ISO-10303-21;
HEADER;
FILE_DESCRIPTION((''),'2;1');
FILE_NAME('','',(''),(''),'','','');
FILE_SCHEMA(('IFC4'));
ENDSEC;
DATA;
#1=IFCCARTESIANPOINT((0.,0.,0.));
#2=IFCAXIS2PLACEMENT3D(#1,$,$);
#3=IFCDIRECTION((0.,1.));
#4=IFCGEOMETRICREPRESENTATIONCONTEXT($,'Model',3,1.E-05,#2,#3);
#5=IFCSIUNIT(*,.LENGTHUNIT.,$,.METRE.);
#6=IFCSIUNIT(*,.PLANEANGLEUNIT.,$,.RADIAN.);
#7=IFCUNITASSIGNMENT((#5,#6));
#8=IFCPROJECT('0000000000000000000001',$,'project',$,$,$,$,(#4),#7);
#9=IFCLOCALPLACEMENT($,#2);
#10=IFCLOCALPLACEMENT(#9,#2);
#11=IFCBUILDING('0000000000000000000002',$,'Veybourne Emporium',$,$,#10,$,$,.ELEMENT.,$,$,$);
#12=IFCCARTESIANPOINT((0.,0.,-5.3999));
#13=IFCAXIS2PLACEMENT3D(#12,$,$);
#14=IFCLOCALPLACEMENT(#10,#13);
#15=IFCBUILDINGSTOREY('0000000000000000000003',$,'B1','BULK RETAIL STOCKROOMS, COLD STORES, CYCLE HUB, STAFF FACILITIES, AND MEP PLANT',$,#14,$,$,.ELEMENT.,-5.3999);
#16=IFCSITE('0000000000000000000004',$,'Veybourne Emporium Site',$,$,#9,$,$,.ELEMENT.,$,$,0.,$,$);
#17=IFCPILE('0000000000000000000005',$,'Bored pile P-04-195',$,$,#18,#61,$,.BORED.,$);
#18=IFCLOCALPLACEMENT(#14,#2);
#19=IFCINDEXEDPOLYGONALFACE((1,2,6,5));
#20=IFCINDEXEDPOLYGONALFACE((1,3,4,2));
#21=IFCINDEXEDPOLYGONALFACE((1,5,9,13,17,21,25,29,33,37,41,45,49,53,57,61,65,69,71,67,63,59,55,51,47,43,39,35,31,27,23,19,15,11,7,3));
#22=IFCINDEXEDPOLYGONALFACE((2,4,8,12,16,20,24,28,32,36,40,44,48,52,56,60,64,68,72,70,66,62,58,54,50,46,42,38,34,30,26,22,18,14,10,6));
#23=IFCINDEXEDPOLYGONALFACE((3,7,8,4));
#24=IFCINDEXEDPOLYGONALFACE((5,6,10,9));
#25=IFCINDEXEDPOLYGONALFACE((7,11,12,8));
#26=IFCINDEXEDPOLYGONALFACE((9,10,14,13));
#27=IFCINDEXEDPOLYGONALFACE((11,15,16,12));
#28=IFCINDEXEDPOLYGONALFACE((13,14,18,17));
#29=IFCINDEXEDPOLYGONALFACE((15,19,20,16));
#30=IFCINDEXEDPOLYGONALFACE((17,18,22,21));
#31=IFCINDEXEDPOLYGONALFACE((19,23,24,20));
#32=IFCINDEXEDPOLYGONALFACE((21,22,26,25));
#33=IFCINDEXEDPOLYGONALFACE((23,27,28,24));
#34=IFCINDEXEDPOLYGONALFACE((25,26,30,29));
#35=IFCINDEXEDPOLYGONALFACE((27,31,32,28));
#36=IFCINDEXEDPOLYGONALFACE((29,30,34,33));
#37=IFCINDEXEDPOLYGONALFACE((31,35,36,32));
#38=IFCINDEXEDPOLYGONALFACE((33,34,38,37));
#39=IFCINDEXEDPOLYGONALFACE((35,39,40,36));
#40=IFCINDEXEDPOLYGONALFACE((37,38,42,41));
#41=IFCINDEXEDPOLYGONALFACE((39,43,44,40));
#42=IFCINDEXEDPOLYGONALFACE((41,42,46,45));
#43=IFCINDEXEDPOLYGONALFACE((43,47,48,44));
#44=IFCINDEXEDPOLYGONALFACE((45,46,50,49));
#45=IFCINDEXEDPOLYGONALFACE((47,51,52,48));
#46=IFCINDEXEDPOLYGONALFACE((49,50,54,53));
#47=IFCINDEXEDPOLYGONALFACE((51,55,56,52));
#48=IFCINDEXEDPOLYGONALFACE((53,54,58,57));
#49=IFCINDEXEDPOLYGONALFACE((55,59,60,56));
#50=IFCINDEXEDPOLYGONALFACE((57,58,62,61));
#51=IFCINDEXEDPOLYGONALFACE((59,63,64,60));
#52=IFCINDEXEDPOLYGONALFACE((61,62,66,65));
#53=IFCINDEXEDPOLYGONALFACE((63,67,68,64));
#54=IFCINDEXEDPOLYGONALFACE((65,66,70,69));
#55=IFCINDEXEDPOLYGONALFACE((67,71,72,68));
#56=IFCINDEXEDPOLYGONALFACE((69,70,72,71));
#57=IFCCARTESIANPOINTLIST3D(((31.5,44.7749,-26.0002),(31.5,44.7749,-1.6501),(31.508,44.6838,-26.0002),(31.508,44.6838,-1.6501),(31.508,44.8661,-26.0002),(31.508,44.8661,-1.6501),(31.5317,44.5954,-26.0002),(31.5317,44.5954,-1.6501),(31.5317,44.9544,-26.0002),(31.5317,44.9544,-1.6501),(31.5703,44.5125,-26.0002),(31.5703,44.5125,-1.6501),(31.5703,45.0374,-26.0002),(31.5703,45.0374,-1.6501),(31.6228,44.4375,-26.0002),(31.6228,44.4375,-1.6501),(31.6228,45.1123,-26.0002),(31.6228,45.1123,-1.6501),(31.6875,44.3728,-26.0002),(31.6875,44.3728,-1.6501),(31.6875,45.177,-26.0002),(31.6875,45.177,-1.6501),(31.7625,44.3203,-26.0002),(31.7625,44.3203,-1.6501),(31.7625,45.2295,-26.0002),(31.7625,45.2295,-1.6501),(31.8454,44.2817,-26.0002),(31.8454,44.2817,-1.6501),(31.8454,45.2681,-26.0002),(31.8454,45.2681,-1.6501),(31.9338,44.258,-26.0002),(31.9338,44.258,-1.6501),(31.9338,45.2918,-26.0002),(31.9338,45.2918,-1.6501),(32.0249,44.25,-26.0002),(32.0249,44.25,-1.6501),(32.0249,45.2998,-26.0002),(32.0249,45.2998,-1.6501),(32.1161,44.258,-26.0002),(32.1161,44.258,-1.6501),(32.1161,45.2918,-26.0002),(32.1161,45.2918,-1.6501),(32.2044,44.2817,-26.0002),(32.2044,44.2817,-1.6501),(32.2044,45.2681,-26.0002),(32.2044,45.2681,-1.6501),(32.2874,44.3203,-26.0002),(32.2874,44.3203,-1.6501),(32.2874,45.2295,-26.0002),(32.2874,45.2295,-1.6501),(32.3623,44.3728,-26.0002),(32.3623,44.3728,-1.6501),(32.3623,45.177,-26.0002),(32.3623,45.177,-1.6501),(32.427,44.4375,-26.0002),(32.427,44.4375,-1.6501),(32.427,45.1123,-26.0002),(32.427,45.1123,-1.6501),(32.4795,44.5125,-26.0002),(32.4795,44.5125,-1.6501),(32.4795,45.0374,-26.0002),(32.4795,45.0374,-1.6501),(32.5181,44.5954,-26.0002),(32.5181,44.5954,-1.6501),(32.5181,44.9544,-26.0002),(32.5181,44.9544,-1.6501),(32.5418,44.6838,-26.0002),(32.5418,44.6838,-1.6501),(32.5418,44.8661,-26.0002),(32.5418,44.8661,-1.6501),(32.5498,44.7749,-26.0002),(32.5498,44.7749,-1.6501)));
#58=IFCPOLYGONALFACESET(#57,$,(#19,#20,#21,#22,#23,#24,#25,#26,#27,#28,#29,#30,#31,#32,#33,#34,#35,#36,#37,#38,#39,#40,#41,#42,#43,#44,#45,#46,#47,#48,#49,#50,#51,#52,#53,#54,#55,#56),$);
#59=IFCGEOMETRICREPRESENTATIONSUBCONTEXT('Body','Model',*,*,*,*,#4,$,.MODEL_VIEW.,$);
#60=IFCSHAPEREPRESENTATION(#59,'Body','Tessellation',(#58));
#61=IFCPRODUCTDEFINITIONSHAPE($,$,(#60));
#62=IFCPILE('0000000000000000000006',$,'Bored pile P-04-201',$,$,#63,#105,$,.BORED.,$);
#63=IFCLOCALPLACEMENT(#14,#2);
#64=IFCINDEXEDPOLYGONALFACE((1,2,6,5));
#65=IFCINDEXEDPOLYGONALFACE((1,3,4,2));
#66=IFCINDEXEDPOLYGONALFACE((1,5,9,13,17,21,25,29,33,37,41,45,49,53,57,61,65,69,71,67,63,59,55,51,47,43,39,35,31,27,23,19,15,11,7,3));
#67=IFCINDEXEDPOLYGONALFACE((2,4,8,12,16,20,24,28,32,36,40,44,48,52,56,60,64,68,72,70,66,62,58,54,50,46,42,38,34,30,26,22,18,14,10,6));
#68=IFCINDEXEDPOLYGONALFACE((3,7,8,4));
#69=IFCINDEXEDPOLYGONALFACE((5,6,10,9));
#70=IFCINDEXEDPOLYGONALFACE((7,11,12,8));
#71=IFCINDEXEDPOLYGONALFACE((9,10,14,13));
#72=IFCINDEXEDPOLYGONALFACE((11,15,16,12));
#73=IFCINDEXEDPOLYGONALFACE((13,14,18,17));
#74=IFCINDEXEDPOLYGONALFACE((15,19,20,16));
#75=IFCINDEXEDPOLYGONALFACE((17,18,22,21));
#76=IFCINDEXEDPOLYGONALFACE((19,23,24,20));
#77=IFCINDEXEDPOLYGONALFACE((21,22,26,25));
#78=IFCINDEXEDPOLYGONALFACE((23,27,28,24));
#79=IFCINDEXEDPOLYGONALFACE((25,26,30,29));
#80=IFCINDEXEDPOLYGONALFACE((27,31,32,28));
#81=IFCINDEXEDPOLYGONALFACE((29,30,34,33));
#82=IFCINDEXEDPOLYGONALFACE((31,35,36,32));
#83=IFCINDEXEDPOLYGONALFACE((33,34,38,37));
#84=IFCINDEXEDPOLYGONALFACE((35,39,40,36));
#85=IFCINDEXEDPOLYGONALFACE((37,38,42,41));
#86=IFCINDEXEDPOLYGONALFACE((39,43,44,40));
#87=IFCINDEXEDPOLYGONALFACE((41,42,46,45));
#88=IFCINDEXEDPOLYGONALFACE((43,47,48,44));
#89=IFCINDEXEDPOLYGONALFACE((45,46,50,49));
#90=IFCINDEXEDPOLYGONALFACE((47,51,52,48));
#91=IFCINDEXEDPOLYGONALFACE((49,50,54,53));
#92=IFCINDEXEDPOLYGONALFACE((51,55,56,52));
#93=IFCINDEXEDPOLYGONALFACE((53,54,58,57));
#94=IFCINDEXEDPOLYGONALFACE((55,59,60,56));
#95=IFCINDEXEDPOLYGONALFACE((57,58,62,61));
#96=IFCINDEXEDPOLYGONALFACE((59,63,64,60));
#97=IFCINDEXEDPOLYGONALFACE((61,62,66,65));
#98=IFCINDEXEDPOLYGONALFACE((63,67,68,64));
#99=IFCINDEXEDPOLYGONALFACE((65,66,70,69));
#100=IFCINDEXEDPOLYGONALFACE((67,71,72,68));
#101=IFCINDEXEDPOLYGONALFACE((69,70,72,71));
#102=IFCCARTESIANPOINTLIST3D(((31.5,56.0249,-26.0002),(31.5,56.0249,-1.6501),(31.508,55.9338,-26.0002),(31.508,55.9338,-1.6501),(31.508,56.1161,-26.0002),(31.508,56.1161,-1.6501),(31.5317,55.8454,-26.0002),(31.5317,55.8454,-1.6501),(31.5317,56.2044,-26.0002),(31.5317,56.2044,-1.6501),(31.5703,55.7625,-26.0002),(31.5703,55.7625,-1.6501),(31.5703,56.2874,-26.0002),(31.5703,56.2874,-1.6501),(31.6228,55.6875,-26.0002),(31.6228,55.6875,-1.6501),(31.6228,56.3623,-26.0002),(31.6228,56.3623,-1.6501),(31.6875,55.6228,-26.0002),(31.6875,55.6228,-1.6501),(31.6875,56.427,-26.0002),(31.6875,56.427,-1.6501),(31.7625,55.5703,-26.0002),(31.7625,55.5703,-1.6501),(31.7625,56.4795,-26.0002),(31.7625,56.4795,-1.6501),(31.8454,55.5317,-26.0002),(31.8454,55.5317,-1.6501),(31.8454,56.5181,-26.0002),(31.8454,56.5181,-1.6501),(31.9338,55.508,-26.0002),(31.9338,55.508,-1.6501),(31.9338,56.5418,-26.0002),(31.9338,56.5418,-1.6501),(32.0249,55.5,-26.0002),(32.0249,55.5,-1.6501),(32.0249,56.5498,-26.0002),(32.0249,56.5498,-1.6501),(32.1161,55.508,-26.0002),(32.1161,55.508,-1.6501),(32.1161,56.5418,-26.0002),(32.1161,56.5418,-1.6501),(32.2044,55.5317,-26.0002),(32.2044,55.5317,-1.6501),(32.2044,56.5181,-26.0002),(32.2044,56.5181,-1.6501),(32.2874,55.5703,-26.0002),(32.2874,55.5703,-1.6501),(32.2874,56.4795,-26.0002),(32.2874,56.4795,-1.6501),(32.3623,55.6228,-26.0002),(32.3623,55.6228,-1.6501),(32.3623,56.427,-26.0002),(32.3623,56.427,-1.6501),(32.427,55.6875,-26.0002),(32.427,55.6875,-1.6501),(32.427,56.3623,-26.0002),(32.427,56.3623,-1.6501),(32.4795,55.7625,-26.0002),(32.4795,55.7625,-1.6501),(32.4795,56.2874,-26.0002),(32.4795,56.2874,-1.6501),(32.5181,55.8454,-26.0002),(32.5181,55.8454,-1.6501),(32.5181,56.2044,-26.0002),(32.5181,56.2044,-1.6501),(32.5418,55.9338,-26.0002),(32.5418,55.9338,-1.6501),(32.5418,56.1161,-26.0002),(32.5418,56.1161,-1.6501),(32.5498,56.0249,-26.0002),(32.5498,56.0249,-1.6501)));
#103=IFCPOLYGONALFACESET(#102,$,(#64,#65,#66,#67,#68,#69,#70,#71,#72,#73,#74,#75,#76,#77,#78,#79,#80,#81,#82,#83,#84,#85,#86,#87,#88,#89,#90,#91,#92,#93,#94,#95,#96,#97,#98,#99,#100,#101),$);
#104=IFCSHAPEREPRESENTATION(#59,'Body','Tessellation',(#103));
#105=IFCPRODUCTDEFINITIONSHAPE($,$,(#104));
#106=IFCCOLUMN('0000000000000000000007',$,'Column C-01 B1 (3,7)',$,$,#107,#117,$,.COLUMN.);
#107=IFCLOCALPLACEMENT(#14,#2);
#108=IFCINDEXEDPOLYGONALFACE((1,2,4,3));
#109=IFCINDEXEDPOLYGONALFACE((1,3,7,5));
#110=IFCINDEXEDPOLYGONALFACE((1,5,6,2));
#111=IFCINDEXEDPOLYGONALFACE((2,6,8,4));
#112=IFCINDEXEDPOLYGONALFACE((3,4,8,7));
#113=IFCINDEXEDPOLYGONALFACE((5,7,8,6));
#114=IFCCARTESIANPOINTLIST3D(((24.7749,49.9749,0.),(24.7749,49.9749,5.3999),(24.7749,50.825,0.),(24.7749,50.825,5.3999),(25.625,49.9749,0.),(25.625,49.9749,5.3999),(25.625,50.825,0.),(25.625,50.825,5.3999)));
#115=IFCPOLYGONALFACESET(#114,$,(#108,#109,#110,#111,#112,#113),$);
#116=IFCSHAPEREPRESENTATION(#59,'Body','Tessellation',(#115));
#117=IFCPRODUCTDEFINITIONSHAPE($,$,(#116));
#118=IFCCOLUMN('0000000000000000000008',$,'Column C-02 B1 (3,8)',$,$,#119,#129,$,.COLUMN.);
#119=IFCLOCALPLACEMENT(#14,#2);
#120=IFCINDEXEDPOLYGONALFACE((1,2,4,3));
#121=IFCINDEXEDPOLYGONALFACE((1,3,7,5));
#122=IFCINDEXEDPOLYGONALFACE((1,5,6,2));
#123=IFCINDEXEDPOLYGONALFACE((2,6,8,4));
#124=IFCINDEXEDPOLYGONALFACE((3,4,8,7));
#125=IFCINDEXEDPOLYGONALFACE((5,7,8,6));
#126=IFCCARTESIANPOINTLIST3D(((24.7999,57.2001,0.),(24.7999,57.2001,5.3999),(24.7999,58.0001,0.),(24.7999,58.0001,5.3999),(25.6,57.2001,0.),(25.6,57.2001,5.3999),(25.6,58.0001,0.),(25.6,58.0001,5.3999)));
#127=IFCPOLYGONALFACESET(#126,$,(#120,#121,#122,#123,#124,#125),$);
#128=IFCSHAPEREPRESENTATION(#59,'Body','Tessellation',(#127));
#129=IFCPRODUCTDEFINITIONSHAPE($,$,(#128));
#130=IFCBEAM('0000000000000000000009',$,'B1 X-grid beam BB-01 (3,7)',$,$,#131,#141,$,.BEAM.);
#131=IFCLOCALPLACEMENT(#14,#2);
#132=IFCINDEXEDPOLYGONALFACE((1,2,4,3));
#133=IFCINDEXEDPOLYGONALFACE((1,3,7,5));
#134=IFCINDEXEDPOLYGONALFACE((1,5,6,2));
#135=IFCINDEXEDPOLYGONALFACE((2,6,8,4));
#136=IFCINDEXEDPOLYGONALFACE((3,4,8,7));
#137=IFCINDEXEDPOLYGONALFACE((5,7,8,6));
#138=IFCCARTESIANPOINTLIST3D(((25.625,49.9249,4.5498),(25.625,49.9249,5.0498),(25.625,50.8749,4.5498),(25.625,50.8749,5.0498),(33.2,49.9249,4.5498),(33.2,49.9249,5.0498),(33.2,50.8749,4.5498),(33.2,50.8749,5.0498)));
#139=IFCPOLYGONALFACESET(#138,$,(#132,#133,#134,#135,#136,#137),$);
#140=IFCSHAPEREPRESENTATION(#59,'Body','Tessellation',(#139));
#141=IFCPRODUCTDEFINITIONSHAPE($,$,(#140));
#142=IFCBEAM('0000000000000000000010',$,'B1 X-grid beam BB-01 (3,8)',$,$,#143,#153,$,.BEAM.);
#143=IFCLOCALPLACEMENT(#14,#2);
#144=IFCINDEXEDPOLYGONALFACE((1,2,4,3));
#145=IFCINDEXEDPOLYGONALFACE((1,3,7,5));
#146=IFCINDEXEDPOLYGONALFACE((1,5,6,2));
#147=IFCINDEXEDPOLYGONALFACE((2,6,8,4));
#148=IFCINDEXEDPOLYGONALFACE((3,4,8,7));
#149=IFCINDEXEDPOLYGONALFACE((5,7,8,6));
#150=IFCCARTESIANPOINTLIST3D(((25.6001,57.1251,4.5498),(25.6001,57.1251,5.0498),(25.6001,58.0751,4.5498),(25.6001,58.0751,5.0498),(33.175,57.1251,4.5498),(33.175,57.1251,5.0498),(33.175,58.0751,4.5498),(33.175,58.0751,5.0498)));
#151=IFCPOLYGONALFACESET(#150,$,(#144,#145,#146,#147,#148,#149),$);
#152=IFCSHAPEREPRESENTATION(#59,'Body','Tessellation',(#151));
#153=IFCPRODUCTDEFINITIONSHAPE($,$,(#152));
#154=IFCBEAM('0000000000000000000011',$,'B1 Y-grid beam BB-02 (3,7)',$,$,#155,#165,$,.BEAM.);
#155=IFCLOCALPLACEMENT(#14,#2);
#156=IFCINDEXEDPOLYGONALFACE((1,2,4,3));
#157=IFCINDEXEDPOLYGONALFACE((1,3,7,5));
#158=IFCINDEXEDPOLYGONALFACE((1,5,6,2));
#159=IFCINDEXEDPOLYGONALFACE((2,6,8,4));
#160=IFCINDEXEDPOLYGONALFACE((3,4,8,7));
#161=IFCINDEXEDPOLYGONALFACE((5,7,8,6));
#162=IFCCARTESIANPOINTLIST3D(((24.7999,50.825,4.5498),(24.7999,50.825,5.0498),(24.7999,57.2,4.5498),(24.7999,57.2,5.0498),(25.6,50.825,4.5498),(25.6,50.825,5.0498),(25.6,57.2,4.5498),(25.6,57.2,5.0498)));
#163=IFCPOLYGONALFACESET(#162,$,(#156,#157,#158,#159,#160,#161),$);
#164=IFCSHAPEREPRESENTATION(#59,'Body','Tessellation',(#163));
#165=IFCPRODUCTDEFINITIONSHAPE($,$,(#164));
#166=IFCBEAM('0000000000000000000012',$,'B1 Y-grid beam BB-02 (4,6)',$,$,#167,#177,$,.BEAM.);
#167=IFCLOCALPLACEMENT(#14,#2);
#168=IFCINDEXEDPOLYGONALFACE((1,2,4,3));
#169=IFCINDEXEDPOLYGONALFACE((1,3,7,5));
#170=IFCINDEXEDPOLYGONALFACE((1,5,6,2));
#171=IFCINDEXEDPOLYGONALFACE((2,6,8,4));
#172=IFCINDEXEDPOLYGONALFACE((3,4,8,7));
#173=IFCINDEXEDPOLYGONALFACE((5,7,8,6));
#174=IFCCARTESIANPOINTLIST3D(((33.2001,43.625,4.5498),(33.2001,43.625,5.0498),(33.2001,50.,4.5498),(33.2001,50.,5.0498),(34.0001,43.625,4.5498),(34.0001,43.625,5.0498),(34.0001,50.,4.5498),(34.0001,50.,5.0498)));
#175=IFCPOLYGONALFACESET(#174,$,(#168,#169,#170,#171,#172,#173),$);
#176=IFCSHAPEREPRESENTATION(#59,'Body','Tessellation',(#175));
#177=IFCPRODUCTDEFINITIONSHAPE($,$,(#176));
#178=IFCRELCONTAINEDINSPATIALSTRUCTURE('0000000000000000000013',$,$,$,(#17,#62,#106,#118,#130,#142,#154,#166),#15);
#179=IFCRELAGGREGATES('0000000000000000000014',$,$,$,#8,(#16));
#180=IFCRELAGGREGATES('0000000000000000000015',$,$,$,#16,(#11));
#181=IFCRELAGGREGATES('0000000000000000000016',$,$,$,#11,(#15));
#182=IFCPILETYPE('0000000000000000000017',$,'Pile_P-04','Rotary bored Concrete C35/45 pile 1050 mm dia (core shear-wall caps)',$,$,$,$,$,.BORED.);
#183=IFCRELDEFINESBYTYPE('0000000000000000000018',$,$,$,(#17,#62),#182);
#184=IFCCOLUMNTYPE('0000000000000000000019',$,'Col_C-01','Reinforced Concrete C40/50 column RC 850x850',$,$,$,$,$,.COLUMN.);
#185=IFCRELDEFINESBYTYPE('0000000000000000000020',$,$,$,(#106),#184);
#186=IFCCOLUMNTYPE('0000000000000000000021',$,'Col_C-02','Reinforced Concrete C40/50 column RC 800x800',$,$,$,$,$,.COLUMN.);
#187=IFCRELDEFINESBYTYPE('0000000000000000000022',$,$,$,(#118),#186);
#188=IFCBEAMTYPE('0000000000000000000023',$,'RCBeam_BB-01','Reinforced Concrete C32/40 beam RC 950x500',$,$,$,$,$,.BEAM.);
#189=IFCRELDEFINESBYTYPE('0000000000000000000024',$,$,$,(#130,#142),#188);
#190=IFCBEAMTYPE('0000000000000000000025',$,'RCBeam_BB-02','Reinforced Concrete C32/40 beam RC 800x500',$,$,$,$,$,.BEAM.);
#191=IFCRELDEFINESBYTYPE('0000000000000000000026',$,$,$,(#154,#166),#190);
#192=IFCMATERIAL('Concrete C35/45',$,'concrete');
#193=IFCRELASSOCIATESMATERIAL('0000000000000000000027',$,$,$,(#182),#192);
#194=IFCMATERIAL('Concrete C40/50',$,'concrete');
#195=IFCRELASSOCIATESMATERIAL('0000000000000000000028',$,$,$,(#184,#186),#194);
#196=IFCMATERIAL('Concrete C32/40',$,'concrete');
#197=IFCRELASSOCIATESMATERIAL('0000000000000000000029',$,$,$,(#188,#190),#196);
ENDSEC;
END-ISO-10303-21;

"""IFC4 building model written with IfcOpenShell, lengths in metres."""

from ifc_helpers import new_model, si_unit, direction, frame, origin, origin_2d, place, context, subcontext, project, spatial, rectangle, circle, extrude, material, material_profile, profile_set, type_object, element, save


model = new_model("IFC4")

# Units and contexts
model_context = context("Model", 3, precision=1e-05, world=origin(), true_north=direction((0.0, 1.0)))
body_context = subcontext(model_context, "Body", "Model", "MODEL_VIEW")
ifc_project = project(units=[si_unit("LENGTHUNIT", "METRE"), si_unit("PLANEANGLEUNIT", "RADIAN")], contexts=[model_context])

# Site, building, storey
site_placement = place(None, origin())
site = spatial("IfcSite", under=ifc_project, at=site_placement, Name="Veybourne Emporium Site", CompositionType="ELEMENT", RefElevation=0.0)
building_placement = place(site_placement, origin())
building = spatial("IfcBuilding", under=site, at=building_placement, Name="Veybourne Emporium", CompositionType="ELEMENT")
storey_placement = place(building_placement, frame((0.0, 0.0, -5.3999)))
storey = spatial("IfcBuildingStorey", under=building, at=storey_placement, Name="B1", Description="BULK RETAIL STOCKROOMS, COLD STORES, CYCLE HUB, STAFF FACILITIES, AND MEP PLANT", CompositionType="ELEMENT", Elevation=-5.3999)

# Shared definitions
ifc_material_1 = material(Name="Concrete C35/45", Category="concrete")

# Piles
ifc_material_profile_1 = material_profile(ifc_material_1, circle(Radius=0.5249, at=origin_2d()), Name="BORED PILE 1050")
ifc_profile_set_1 = profile_set([ifc_material_profile_1], Name="Concrete C35/45")
pile_type_1 = type_object("IfcPileType", Name="Pile_P-04", Description="Rotary bored Concrete C35/45 pile 1050 mm dia (core shear-wall caps)", PredefinedType="BORED", material=ifc_profile_set_1)
for number, where, z_axis, x_axis, name in (
    (1, (32.0249, 44.7749, -1.6501), (0.0, 0.0, -1.0), (1.0, 0.0, 0.0), "Bored pile P-04-195"),
    (2, (32.0249, 56.0249, -1.6501), (0.0, 0.0, -1.0), (1.0, 0.0, 0.0), "Bored pile P-04-201"),
):
    element("IfcPile", number, at=place(storey_placement, frame(where, z_axis=z_axis, x_axis=x_axis)), inside=storey, type_object=pile_type_1, Name=name, PredefinedType="BORED", context=body_context, shape_type="SweptSolid", body=[
        extrude(circle(Radius=0.5249, at=origin_2d()), origin(), (0.0, 0.0, 1.0), 24.3501),
    ])

# Columns
ifc_material_2 = material(Name="Concrete C40/50", Category="concrete")
ifc_material_profile_2 = material_profile(ifc_material_2, rectangle(XDim=0.8501, YDim=0.8501, at=origin_2d()), Name="RC 850x850")
ifc_profile_set_2 = profile_set([ifc_material_profile_2], Name="Concrete C40/50")
column_type_1 = type_object("IfcColumnType", Name="Col_C-01", Description="Reinforced Concrete C40/50 column RC 850x850", PredefinedType="COLUMN", material=ifc_profile_set_2)
column_1_placement = place(storey_placement, frame((25.2, 50.3999, 0.0), z_axis=(0.0, 0.0, 1.0), x_axis=(1.0, 0.0, 0.0)))
element("IfcColumn", 3, at=column_1_placement, inside=storey, type_object=column_type_1, Name="Column C-01 B1 (3,7)", PredefinedType="COLUMN", context=body_context, shape_type="SweptSolid", body=[
    extrude(rectangle(XDim=0.8501, YDim=0.8501, at=origin_2d()), origin(), (0.0, 0.0, 1.0), 5.3999),
])
ifc_material_profile_3 = material_profile(ifc_material_2, rectangle(XDim=0.8, YDim=0.8, at=origin_2d()), Name="RC 800x800")
ifc_profile_set_3 = profile_set([ifc_material_profile_3], Name="Concrete C40/50")
column_type_2 = type_object("IfcColumnType", Name="Col_C-02", Description="Reinforced Concrete C40/50 column RC 800x800", PredefinedType="COLUMN", material=ifc_profile_set_3)
column_2_placement = place(storey_placement, frame((25.2, 57.6001, 0.0), z_axis=(0.0, 0.0, 1.0), x_axis=(1.0, 0.0, 0.0)))
element("IfcColumn", 4, at=column_2_placement, inside=storey, type_object=column_type_2, Name="Column C-02 B1 (3,8)", PredefinedType="COLUMN", context=body_context, shape_type="SweptSolid", body=[
    extrude(rectangle(XDim=0.8, YDim=0.8, at=origin_2d()), origin(), (0.0, 0.0, 1.0), 5.3999),
])

# Beams
ifc_material_3 = material(Name="Concrete C32/40", Category="concrete")
ifc_material_profile_4 = material_profile(ifc_material_3, rectangle(XDim=0.95, YDim=0.5, at=origin_2d()), Name="RC 950x500")
ifc_profile_set_4 = profile_set([ifc_material_profile_4], Name="Concrete C32/40")
beam_type_1 = type_object("IfcBeamType", Name="RCBeam_BB-01", Description="Reinforced Concrete C32/40 beam RC 950x500", PredefinedType="BEAM", material=ifc_profile_set_4)
for number, where, z_axis, x_axis, name in (
    (5, (25.625, 50.3999, 4.7998), (1.0, 0.0, 0.0), (0.0, 1.0, 0.0), "B1 X-grid beam BB-01 (3,7)"),
    (6, (25.6001, 57.6001, 4.7998), (1.0, 0.0, 0.0), (0.0, 1.0, 0.0), "B1 X-grid beam BB-01 (3,8)"),
):
    element("IfcBeam", number, at=place(storey_placement, frame(where, z_axis=z_axis, x_axis=x_axis)), inside=storey, type_object=beam_type_1, Name=name, PredefinedType="BEAM", context=body_context, shape_type="SweptSolid", body=[
        extrude(rectangle(XDim=0.95, YDim=0.5, at=origin_2d()), origin(), (0.0, 0.0, 1.0), 7.575),
    ])
ifc_material_profile_5 = material_profile(ifc_material_3, rectangle(XDim=0.8, YDim=0.5, at=origin_2d()), Name="RC 800x500")
ifc_profile_set_5 = profile_set([ifc_material_profile_5], Name="Concrete C32/40")
beam_type_2 = type_object("IfcBeamType", Name="RCBeam_BB-02", Description="Reinforced Concrete C32/40 beam RC 800x500", PredefinedType="BEAM", material=ifc_profile_set_5)
for number, where, z_axis, x_axis, name in (
    (7, (25.2, 50.825, 4.7998), (0.0, 1.0, 0.0), (-1.0, 0.0, 0.0), "B1 Y-grid beam BB-02 (3,7)"),
    (8, (33.6001, 43.625, 4.7998), (0.0, 1.0, 0.0), (-1.0, 0.0, 0.0), "B1 Y-grid beam BB-02 (4,6)"),
):
    element("IfcBeam", number, at=place(storey_placement, frame(where, z_axis=z_axis, x_axis=x_axis)), inside=storey, type_object=beam_type_2, Name=name, PredefinedType="BEAM", context=body_context, shape_type="SweptSolid", body=[
        extrude(rectangle(XDim=0.8, YDim=0.5, at=origin_2d()), origin(), (0.0, 0.0, 1.0), 6.375),
    ])

save(model, "model.ifc")
